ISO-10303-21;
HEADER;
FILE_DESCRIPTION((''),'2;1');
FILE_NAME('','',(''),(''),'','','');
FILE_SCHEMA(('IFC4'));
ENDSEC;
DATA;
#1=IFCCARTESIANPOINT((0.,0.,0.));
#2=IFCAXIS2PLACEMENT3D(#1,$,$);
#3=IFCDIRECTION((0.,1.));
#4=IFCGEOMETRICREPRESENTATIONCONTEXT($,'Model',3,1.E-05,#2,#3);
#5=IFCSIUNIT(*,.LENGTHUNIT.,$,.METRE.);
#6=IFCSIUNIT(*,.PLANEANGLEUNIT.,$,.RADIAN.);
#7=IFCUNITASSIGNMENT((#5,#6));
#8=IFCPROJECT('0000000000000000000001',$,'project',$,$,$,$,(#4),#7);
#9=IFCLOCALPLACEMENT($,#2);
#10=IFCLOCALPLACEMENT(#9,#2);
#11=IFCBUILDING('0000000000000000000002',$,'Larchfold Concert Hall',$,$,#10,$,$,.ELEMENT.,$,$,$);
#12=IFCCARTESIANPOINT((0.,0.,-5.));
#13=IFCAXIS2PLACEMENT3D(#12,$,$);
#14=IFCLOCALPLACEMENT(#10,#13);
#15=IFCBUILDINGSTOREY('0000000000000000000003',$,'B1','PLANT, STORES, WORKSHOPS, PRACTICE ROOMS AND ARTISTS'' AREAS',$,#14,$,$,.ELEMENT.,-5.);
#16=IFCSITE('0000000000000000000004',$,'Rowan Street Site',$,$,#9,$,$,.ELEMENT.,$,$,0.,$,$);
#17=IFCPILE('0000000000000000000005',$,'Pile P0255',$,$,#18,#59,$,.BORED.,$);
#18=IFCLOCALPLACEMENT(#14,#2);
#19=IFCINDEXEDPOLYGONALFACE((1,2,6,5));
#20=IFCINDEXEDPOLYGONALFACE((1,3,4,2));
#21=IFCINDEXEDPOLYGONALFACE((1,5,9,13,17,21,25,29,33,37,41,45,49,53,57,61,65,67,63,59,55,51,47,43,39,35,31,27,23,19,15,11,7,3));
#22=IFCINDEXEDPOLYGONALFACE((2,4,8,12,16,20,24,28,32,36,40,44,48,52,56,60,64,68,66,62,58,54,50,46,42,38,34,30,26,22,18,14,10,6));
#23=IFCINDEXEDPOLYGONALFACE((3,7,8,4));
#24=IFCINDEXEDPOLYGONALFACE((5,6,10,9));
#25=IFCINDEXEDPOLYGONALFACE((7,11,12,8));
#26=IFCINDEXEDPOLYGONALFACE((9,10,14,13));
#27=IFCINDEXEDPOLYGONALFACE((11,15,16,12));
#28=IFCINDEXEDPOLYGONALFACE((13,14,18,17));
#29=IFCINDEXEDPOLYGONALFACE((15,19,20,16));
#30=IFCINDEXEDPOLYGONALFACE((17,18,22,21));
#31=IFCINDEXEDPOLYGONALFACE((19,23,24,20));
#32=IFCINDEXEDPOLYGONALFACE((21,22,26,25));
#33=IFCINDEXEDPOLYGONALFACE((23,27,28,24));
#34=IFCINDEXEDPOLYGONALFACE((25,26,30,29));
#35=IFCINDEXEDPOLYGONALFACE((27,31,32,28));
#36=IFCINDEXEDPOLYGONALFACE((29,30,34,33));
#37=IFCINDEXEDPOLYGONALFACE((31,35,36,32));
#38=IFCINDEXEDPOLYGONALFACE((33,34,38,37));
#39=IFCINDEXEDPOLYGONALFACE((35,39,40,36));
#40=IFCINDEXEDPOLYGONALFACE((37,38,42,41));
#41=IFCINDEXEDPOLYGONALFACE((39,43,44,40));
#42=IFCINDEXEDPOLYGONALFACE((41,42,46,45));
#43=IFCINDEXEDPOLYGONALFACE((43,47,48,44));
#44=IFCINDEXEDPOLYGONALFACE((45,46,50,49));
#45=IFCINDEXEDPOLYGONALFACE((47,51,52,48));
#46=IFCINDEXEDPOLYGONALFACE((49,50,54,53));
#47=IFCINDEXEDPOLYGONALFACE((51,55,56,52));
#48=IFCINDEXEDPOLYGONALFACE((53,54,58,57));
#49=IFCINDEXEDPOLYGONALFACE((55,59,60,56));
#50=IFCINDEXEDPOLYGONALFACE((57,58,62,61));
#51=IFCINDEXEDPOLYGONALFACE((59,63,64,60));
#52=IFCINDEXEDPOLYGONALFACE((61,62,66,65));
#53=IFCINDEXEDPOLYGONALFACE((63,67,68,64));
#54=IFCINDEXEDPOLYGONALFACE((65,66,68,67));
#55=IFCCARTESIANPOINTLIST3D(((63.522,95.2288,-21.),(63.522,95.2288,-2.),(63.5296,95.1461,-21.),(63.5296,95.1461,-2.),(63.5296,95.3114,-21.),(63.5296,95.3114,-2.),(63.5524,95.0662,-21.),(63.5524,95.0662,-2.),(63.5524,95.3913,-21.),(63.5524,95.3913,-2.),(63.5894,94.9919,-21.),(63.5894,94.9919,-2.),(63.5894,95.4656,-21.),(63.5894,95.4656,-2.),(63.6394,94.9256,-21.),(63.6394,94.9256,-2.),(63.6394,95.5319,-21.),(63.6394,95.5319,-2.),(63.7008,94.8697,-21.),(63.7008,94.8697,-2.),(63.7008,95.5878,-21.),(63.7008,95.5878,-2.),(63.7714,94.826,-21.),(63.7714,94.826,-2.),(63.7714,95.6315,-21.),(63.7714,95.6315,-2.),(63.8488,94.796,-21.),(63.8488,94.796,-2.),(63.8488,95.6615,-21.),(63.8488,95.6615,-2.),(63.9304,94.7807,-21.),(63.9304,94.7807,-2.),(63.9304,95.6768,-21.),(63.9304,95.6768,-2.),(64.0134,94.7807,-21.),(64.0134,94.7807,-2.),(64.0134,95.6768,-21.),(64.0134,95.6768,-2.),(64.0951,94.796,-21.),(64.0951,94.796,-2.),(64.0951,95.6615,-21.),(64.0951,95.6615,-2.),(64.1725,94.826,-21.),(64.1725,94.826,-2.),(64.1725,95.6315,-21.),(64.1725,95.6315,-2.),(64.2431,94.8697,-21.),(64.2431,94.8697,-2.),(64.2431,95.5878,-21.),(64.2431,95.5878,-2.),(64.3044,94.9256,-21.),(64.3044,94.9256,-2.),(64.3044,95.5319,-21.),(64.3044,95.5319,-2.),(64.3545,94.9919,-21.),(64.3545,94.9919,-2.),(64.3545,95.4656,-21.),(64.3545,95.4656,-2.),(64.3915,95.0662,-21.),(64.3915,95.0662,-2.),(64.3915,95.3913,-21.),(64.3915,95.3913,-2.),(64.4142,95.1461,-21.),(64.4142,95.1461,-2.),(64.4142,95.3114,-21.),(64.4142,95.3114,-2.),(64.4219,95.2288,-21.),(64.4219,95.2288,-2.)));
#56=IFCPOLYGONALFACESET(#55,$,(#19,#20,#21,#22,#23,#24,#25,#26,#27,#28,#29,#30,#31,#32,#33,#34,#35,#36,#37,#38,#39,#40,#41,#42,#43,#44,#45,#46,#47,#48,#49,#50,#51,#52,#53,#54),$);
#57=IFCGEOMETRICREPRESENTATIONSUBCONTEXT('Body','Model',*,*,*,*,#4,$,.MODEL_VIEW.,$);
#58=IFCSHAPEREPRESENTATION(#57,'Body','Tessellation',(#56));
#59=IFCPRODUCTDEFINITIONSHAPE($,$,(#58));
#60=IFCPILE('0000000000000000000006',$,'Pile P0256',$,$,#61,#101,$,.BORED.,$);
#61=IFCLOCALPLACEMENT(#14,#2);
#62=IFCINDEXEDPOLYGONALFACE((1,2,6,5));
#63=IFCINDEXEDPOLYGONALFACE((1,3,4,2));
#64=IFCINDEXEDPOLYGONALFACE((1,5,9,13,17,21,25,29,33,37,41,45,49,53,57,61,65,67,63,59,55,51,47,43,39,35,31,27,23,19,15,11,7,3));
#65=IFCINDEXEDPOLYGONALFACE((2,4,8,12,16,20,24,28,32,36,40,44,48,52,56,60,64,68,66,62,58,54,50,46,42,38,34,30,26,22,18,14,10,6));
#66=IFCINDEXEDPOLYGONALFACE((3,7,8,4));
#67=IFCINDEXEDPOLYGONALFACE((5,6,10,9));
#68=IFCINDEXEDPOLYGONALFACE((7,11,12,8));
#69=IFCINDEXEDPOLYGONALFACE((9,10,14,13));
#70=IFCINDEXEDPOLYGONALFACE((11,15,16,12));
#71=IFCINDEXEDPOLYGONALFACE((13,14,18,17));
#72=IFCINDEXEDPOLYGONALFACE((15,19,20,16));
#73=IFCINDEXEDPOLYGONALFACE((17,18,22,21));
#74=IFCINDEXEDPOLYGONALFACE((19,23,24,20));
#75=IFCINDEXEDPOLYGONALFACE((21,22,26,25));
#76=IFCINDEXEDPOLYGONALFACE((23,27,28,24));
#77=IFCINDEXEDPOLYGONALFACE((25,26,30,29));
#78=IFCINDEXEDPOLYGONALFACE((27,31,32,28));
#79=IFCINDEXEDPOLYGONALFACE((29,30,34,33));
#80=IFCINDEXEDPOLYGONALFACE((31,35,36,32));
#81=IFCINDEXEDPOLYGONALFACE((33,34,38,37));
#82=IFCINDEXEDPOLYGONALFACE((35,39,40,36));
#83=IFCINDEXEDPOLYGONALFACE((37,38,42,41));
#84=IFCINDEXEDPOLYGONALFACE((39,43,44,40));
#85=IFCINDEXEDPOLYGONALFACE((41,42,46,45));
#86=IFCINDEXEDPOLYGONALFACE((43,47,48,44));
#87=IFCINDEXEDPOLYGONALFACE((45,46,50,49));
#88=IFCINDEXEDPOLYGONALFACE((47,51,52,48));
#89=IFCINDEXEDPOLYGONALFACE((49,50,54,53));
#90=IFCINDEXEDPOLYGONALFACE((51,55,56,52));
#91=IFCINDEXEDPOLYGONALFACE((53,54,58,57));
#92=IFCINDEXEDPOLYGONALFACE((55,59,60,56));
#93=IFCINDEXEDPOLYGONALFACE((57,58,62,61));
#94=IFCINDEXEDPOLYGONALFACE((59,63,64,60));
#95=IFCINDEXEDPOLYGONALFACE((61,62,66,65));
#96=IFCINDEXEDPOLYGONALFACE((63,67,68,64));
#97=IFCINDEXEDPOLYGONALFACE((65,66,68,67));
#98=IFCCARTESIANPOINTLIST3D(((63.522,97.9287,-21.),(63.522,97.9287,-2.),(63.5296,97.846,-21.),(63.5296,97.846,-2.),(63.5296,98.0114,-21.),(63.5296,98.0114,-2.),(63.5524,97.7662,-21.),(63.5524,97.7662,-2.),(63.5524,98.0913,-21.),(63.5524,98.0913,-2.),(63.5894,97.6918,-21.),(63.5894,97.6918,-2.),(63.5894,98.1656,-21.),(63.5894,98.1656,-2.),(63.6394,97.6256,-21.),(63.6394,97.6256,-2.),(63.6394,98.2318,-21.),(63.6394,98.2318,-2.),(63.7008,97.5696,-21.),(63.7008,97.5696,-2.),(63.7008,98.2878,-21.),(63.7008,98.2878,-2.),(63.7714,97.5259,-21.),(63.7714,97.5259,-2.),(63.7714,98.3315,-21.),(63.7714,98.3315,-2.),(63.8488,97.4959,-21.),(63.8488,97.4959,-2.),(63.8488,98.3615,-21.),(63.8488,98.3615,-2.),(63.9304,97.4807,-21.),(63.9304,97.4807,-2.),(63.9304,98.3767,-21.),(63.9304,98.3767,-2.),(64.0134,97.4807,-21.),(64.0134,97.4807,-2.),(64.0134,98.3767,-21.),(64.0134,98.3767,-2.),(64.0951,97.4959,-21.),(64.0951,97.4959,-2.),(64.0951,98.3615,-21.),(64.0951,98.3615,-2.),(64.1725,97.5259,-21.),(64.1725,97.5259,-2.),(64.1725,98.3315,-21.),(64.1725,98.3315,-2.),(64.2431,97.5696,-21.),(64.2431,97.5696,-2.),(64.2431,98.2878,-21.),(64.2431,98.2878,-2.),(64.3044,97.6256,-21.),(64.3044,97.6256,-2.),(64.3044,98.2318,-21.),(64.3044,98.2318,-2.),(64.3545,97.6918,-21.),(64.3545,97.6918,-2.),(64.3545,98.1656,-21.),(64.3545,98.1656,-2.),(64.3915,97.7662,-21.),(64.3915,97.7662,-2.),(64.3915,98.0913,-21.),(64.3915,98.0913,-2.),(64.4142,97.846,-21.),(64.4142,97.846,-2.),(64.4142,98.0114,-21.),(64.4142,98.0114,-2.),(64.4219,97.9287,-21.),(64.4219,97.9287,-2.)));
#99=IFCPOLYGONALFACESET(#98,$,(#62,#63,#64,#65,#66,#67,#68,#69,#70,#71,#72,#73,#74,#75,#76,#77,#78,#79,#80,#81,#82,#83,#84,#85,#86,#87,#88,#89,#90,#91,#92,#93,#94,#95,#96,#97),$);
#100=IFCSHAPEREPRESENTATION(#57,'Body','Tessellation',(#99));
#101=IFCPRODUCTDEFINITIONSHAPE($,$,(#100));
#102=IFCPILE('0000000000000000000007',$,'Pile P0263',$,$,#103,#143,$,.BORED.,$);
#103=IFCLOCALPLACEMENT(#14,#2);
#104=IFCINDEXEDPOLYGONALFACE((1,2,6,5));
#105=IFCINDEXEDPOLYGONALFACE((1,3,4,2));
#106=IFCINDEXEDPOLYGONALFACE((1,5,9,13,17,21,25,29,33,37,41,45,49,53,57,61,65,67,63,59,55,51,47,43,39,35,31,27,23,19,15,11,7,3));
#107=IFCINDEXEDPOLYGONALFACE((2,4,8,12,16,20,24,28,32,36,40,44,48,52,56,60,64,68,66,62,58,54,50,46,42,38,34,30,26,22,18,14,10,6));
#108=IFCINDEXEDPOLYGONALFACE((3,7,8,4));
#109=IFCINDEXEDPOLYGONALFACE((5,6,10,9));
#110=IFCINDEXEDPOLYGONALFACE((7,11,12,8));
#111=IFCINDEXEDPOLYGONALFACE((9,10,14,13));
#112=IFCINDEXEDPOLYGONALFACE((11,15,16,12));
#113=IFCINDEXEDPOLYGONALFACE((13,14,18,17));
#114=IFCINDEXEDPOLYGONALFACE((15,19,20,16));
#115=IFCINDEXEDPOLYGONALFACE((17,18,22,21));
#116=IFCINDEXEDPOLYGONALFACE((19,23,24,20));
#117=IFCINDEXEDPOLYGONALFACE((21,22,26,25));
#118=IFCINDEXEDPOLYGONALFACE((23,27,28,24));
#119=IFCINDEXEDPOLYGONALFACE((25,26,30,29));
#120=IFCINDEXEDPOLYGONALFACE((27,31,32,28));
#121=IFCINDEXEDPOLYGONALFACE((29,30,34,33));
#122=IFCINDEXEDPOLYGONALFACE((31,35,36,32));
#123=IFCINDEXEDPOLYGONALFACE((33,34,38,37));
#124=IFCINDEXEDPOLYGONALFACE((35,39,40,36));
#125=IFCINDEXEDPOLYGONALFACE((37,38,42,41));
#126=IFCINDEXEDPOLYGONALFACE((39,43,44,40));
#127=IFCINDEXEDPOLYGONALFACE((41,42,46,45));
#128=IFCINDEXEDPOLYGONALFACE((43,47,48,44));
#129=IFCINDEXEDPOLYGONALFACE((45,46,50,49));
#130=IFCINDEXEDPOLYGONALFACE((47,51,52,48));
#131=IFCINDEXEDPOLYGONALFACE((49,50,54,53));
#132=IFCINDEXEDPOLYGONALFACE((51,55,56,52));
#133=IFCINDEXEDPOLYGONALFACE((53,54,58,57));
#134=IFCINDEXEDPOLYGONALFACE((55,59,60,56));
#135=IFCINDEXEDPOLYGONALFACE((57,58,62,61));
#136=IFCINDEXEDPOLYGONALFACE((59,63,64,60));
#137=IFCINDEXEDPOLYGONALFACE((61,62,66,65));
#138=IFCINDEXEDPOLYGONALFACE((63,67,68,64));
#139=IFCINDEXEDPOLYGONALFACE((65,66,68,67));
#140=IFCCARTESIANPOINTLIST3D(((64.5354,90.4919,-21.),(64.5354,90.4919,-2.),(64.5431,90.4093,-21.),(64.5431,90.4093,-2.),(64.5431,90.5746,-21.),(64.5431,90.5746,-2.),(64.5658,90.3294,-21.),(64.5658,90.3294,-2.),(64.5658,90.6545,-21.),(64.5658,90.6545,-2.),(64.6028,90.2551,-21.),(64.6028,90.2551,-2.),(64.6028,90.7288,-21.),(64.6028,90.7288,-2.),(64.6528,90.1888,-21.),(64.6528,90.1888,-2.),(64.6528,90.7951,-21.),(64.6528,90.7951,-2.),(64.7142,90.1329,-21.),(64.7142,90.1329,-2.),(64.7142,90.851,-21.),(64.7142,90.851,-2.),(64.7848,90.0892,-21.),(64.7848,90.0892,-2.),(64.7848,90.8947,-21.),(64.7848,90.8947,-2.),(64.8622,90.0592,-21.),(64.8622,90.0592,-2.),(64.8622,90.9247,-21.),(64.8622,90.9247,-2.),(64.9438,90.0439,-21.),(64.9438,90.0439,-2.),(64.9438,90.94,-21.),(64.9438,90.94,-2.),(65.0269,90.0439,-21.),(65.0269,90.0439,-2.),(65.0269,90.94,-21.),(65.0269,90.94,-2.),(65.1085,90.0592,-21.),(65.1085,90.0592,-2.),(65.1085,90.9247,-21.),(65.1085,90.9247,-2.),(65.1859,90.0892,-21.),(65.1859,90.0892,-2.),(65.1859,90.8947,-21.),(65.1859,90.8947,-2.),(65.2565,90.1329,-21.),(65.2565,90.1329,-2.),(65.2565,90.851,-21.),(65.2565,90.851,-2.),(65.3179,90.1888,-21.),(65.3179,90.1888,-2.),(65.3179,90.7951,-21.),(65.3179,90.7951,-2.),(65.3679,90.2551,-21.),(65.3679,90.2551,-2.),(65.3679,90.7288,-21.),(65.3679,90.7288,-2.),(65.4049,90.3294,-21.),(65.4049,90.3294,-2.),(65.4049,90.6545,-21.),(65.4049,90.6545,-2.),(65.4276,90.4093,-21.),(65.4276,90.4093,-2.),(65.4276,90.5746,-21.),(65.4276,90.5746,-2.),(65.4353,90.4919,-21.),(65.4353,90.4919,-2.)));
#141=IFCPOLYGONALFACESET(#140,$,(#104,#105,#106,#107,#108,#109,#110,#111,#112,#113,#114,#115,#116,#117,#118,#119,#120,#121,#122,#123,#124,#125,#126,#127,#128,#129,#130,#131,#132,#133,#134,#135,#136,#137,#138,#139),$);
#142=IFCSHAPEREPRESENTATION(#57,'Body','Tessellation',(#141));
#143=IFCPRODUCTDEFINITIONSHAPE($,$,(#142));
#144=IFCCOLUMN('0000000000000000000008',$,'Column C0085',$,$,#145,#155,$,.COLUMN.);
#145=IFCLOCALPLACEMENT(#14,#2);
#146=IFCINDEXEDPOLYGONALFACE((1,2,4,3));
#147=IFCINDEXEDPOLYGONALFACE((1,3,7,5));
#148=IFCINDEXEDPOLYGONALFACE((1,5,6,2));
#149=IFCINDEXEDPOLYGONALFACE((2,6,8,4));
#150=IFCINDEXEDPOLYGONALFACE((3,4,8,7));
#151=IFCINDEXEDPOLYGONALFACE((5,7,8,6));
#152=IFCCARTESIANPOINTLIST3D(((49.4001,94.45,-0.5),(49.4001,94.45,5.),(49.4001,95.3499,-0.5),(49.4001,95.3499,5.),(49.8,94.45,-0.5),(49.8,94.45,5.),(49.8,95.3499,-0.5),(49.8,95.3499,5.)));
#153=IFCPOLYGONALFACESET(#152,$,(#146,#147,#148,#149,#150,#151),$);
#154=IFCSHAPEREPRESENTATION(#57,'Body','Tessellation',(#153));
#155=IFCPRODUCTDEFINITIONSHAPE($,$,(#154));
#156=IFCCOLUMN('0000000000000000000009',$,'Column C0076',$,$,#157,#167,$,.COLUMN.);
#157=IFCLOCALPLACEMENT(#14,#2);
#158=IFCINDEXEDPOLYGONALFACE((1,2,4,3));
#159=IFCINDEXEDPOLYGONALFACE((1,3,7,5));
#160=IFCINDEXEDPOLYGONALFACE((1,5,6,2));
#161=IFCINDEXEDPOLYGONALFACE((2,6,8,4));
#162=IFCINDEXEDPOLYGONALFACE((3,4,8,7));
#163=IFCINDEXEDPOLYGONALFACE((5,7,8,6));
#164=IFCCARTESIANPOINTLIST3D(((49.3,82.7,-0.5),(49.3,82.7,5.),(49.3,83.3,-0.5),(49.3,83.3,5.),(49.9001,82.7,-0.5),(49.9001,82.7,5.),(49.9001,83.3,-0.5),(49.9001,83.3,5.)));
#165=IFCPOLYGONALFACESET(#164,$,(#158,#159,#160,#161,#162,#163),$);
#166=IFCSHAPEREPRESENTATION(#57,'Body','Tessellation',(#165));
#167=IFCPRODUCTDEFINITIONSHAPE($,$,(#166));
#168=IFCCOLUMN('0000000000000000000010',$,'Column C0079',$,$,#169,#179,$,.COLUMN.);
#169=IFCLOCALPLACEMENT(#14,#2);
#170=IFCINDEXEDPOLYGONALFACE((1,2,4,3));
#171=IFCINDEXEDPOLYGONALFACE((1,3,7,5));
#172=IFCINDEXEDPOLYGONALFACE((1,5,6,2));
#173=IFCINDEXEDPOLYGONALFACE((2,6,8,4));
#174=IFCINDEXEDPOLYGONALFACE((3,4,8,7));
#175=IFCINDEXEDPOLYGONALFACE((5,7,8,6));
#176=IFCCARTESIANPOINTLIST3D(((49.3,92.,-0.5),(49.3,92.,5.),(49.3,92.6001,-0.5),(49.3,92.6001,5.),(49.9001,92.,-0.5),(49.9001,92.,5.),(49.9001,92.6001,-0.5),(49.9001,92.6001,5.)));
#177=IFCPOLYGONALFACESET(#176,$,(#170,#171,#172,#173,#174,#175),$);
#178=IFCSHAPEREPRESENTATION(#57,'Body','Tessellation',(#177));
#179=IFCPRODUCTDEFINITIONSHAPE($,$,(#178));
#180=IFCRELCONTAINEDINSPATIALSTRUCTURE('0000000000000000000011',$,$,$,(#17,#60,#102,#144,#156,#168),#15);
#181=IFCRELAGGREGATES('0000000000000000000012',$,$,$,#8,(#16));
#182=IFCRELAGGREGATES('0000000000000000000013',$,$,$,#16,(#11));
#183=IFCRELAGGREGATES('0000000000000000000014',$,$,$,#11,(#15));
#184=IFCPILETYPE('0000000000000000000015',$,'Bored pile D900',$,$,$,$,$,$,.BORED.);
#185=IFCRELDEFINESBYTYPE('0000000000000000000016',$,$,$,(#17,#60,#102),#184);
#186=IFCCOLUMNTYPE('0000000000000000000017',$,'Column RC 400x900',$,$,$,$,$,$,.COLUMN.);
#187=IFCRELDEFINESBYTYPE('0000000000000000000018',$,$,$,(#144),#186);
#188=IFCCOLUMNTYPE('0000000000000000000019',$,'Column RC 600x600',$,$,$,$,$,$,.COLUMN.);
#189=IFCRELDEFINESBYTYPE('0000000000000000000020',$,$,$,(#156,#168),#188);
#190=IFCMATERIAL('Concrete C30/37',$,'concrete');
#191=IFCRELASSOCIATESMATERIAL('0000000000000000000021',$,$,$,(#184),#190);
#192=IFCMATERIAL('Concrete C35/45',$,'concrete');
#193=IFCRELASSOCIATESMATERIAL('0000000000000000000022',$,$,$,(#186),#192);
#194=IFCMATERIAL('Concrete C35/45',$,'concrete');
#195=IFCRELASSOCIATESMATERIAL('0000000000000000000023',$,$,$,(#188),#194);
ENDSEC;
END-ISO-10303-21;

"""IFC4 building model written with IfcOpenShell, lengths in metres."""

from ifc_helpers import new_model, si_unit, direction, frame, origin, origin_2d, place, context, subcontext, project, spatial, rectangle, circle, extrude, material, material_profile, profile_set, type_object, element, save


model = new_model("IFC4")

# Units and contexts
model_context = context("Model", 3, precision=1e-05, world=origin(), true_north=direction((0.0, 1.0)))
body_context = subcontext(model_context, "Body", "Model", "MODEL_VIEW")
ifc_project = project(units=[si_unit("LENGTHUNIT", "METRE"), si_unit("PLANEANGLEUNIT", "RADIAN")], contexts=[model_context])

# Site, building, storey
site_placement = place(None, origin())
site = spatial("IfcSite", under=ifc_project, at=site_placement, Name="Rowan Street Site", CompositionType="ELEMENT", RefElevation=0.0)
building_placement = place(site_placement, origin())
building = spatial("IfcBuilding", under=site, at=building_placement, Name="Larchfold Concert Hall", CompositionType="ELEMENT")
storey_placement = place(building_placement, frame((0.0, 0.0, -5.0)))
storey = spatial("IfcBuildingStorey", under=building, at=storey_placement, Name="B1", Description="PLANT, STORES, WORKSHOPS, PRACTICE ROOMS AND ARTISTS' AREAS", CompositionType="ELEMENT", Elevation=-5.0)

# Piles
ifc_material_1 = material(Name="Concrete C30/37", Category="concrete")
ifc_material_profile_1 = material_profile(ifc_material_1, circle(Radius=0.45, at=origin_2d()))
ifc_profile_set_1 = profile_set([ifc_material_profile_1], Name="Concrete C30/37")
pile_type_1 = type_object("IfcPileType", Name="Bored pile D900", PredefinedType="BORED", material=ifc_profile_set_1)
for number, where, z_axis, x_axis, name in (
    (1, (63.9719, 95.2288, -2.0), (0.0, 0.0, -1.0), (1.0, 0.0, 0.0), "Pile P0255"),
    (2, (63.9719, 97.9287, -2.0), (0.0, 0.0, -1.0), (1.0, 0.0, 0.0), "Pile P0256"),
    (3, (64.9854, 90.4919, -2.0), (0.0, 0.0, -1.0), (1.0, 0.0, 0.0), "Pile P0263"),
):
    element("IfcPile", number, at=place(storey_placement, frame(where, z_axis=z_axis, x_axis=x_axis)), inside=storey, type_object=pile_type_1, Name=name, PredefinedType="BORED", context=body_context, shape_type="SweptSolid", body=[
        extrude(circle(Radius=0.45, at=origin_2d()), origin(), (0.0, 0.0, 1.0), 19.0),
    ])

# Columns
ifc_material_2 = material(Name="Concrete C35/45", Category="concrete")
ifc_material_profile_2 = material_profile(ifc_material_2, rectangle(XDim=0.3999, YDim=0.8999, at=origin_2d()))
ifc_profile_set_2 = profile_set([ifc_material_profile_2], Name="Concrete C35/45")
column_type_1 = type_object("IfcColumnType", Name="Column RC 400x900", PredefinedType="COLUMN", material=ifc_profile_set_2)
column_placement = place(storey_placement, frame((49.6001, 94.8999, -0.5), z_axis=(0.0, 0.0, 1.0), x_axis=(1.0, 0.0, 0.0)))
element("IfcColumn", 4, at=column_placement, inside=storey, type_object=column_type_1, Name="Column C0085", PredefinedType="COLUMN", context=body_context, shape_type="SweptSolid", body=[
    extrude(rectangle(XDim=0.3999, YDim=0.8999, at=origin_2d()), origin(), (0.0, 0.0, 1.0), 5.5),
])
ifc_material_3 = material(Name="Concrete C35/45", Category="concrete")
ifc_material_profile_3 = material_profile(ifc_material_3, rectangle(XDim=0.6001, YDim=0.6001, at=origin_2d()))
ifc_profile_set_3 = profile_set([ifc_material_profile_3], Name="Concrete C35/45")
column_type_2 = type_object("IfcColumnType", Name="Column RC 600x600", PredefinedType="COLUMN", material=ifc_profile_set_3)
for number, where, z_axis, x_axis, name in (
    (5, (49.6001, 83.0, -0.5), (0.0, 0.0, 1.0), (1.0, 0.0, 0.0), "Column C0076"),
    (6, (49.6001, 92.3, -0.5), (0.0, 0.0, 1.0), (1.0, 0.0, 0.0), "Column C0079"),
):
    element("IfcColumn", number, at=place(storey_placement, frame(where, z_axis=z_axis, x_axis=x_axis)), inside=storey, type_object=column_type_2, Name=name, PredefinedType="COLUMN", context=body_context, shape_type="SweptSolid", body=[
        extrude(rectangle(XDim=0.6001, YDim=0.6001, at=origin_2d()), origin(), (0.0, 0.0, 1.0), 5.5),
    ])

save(model, "model.ifc")
